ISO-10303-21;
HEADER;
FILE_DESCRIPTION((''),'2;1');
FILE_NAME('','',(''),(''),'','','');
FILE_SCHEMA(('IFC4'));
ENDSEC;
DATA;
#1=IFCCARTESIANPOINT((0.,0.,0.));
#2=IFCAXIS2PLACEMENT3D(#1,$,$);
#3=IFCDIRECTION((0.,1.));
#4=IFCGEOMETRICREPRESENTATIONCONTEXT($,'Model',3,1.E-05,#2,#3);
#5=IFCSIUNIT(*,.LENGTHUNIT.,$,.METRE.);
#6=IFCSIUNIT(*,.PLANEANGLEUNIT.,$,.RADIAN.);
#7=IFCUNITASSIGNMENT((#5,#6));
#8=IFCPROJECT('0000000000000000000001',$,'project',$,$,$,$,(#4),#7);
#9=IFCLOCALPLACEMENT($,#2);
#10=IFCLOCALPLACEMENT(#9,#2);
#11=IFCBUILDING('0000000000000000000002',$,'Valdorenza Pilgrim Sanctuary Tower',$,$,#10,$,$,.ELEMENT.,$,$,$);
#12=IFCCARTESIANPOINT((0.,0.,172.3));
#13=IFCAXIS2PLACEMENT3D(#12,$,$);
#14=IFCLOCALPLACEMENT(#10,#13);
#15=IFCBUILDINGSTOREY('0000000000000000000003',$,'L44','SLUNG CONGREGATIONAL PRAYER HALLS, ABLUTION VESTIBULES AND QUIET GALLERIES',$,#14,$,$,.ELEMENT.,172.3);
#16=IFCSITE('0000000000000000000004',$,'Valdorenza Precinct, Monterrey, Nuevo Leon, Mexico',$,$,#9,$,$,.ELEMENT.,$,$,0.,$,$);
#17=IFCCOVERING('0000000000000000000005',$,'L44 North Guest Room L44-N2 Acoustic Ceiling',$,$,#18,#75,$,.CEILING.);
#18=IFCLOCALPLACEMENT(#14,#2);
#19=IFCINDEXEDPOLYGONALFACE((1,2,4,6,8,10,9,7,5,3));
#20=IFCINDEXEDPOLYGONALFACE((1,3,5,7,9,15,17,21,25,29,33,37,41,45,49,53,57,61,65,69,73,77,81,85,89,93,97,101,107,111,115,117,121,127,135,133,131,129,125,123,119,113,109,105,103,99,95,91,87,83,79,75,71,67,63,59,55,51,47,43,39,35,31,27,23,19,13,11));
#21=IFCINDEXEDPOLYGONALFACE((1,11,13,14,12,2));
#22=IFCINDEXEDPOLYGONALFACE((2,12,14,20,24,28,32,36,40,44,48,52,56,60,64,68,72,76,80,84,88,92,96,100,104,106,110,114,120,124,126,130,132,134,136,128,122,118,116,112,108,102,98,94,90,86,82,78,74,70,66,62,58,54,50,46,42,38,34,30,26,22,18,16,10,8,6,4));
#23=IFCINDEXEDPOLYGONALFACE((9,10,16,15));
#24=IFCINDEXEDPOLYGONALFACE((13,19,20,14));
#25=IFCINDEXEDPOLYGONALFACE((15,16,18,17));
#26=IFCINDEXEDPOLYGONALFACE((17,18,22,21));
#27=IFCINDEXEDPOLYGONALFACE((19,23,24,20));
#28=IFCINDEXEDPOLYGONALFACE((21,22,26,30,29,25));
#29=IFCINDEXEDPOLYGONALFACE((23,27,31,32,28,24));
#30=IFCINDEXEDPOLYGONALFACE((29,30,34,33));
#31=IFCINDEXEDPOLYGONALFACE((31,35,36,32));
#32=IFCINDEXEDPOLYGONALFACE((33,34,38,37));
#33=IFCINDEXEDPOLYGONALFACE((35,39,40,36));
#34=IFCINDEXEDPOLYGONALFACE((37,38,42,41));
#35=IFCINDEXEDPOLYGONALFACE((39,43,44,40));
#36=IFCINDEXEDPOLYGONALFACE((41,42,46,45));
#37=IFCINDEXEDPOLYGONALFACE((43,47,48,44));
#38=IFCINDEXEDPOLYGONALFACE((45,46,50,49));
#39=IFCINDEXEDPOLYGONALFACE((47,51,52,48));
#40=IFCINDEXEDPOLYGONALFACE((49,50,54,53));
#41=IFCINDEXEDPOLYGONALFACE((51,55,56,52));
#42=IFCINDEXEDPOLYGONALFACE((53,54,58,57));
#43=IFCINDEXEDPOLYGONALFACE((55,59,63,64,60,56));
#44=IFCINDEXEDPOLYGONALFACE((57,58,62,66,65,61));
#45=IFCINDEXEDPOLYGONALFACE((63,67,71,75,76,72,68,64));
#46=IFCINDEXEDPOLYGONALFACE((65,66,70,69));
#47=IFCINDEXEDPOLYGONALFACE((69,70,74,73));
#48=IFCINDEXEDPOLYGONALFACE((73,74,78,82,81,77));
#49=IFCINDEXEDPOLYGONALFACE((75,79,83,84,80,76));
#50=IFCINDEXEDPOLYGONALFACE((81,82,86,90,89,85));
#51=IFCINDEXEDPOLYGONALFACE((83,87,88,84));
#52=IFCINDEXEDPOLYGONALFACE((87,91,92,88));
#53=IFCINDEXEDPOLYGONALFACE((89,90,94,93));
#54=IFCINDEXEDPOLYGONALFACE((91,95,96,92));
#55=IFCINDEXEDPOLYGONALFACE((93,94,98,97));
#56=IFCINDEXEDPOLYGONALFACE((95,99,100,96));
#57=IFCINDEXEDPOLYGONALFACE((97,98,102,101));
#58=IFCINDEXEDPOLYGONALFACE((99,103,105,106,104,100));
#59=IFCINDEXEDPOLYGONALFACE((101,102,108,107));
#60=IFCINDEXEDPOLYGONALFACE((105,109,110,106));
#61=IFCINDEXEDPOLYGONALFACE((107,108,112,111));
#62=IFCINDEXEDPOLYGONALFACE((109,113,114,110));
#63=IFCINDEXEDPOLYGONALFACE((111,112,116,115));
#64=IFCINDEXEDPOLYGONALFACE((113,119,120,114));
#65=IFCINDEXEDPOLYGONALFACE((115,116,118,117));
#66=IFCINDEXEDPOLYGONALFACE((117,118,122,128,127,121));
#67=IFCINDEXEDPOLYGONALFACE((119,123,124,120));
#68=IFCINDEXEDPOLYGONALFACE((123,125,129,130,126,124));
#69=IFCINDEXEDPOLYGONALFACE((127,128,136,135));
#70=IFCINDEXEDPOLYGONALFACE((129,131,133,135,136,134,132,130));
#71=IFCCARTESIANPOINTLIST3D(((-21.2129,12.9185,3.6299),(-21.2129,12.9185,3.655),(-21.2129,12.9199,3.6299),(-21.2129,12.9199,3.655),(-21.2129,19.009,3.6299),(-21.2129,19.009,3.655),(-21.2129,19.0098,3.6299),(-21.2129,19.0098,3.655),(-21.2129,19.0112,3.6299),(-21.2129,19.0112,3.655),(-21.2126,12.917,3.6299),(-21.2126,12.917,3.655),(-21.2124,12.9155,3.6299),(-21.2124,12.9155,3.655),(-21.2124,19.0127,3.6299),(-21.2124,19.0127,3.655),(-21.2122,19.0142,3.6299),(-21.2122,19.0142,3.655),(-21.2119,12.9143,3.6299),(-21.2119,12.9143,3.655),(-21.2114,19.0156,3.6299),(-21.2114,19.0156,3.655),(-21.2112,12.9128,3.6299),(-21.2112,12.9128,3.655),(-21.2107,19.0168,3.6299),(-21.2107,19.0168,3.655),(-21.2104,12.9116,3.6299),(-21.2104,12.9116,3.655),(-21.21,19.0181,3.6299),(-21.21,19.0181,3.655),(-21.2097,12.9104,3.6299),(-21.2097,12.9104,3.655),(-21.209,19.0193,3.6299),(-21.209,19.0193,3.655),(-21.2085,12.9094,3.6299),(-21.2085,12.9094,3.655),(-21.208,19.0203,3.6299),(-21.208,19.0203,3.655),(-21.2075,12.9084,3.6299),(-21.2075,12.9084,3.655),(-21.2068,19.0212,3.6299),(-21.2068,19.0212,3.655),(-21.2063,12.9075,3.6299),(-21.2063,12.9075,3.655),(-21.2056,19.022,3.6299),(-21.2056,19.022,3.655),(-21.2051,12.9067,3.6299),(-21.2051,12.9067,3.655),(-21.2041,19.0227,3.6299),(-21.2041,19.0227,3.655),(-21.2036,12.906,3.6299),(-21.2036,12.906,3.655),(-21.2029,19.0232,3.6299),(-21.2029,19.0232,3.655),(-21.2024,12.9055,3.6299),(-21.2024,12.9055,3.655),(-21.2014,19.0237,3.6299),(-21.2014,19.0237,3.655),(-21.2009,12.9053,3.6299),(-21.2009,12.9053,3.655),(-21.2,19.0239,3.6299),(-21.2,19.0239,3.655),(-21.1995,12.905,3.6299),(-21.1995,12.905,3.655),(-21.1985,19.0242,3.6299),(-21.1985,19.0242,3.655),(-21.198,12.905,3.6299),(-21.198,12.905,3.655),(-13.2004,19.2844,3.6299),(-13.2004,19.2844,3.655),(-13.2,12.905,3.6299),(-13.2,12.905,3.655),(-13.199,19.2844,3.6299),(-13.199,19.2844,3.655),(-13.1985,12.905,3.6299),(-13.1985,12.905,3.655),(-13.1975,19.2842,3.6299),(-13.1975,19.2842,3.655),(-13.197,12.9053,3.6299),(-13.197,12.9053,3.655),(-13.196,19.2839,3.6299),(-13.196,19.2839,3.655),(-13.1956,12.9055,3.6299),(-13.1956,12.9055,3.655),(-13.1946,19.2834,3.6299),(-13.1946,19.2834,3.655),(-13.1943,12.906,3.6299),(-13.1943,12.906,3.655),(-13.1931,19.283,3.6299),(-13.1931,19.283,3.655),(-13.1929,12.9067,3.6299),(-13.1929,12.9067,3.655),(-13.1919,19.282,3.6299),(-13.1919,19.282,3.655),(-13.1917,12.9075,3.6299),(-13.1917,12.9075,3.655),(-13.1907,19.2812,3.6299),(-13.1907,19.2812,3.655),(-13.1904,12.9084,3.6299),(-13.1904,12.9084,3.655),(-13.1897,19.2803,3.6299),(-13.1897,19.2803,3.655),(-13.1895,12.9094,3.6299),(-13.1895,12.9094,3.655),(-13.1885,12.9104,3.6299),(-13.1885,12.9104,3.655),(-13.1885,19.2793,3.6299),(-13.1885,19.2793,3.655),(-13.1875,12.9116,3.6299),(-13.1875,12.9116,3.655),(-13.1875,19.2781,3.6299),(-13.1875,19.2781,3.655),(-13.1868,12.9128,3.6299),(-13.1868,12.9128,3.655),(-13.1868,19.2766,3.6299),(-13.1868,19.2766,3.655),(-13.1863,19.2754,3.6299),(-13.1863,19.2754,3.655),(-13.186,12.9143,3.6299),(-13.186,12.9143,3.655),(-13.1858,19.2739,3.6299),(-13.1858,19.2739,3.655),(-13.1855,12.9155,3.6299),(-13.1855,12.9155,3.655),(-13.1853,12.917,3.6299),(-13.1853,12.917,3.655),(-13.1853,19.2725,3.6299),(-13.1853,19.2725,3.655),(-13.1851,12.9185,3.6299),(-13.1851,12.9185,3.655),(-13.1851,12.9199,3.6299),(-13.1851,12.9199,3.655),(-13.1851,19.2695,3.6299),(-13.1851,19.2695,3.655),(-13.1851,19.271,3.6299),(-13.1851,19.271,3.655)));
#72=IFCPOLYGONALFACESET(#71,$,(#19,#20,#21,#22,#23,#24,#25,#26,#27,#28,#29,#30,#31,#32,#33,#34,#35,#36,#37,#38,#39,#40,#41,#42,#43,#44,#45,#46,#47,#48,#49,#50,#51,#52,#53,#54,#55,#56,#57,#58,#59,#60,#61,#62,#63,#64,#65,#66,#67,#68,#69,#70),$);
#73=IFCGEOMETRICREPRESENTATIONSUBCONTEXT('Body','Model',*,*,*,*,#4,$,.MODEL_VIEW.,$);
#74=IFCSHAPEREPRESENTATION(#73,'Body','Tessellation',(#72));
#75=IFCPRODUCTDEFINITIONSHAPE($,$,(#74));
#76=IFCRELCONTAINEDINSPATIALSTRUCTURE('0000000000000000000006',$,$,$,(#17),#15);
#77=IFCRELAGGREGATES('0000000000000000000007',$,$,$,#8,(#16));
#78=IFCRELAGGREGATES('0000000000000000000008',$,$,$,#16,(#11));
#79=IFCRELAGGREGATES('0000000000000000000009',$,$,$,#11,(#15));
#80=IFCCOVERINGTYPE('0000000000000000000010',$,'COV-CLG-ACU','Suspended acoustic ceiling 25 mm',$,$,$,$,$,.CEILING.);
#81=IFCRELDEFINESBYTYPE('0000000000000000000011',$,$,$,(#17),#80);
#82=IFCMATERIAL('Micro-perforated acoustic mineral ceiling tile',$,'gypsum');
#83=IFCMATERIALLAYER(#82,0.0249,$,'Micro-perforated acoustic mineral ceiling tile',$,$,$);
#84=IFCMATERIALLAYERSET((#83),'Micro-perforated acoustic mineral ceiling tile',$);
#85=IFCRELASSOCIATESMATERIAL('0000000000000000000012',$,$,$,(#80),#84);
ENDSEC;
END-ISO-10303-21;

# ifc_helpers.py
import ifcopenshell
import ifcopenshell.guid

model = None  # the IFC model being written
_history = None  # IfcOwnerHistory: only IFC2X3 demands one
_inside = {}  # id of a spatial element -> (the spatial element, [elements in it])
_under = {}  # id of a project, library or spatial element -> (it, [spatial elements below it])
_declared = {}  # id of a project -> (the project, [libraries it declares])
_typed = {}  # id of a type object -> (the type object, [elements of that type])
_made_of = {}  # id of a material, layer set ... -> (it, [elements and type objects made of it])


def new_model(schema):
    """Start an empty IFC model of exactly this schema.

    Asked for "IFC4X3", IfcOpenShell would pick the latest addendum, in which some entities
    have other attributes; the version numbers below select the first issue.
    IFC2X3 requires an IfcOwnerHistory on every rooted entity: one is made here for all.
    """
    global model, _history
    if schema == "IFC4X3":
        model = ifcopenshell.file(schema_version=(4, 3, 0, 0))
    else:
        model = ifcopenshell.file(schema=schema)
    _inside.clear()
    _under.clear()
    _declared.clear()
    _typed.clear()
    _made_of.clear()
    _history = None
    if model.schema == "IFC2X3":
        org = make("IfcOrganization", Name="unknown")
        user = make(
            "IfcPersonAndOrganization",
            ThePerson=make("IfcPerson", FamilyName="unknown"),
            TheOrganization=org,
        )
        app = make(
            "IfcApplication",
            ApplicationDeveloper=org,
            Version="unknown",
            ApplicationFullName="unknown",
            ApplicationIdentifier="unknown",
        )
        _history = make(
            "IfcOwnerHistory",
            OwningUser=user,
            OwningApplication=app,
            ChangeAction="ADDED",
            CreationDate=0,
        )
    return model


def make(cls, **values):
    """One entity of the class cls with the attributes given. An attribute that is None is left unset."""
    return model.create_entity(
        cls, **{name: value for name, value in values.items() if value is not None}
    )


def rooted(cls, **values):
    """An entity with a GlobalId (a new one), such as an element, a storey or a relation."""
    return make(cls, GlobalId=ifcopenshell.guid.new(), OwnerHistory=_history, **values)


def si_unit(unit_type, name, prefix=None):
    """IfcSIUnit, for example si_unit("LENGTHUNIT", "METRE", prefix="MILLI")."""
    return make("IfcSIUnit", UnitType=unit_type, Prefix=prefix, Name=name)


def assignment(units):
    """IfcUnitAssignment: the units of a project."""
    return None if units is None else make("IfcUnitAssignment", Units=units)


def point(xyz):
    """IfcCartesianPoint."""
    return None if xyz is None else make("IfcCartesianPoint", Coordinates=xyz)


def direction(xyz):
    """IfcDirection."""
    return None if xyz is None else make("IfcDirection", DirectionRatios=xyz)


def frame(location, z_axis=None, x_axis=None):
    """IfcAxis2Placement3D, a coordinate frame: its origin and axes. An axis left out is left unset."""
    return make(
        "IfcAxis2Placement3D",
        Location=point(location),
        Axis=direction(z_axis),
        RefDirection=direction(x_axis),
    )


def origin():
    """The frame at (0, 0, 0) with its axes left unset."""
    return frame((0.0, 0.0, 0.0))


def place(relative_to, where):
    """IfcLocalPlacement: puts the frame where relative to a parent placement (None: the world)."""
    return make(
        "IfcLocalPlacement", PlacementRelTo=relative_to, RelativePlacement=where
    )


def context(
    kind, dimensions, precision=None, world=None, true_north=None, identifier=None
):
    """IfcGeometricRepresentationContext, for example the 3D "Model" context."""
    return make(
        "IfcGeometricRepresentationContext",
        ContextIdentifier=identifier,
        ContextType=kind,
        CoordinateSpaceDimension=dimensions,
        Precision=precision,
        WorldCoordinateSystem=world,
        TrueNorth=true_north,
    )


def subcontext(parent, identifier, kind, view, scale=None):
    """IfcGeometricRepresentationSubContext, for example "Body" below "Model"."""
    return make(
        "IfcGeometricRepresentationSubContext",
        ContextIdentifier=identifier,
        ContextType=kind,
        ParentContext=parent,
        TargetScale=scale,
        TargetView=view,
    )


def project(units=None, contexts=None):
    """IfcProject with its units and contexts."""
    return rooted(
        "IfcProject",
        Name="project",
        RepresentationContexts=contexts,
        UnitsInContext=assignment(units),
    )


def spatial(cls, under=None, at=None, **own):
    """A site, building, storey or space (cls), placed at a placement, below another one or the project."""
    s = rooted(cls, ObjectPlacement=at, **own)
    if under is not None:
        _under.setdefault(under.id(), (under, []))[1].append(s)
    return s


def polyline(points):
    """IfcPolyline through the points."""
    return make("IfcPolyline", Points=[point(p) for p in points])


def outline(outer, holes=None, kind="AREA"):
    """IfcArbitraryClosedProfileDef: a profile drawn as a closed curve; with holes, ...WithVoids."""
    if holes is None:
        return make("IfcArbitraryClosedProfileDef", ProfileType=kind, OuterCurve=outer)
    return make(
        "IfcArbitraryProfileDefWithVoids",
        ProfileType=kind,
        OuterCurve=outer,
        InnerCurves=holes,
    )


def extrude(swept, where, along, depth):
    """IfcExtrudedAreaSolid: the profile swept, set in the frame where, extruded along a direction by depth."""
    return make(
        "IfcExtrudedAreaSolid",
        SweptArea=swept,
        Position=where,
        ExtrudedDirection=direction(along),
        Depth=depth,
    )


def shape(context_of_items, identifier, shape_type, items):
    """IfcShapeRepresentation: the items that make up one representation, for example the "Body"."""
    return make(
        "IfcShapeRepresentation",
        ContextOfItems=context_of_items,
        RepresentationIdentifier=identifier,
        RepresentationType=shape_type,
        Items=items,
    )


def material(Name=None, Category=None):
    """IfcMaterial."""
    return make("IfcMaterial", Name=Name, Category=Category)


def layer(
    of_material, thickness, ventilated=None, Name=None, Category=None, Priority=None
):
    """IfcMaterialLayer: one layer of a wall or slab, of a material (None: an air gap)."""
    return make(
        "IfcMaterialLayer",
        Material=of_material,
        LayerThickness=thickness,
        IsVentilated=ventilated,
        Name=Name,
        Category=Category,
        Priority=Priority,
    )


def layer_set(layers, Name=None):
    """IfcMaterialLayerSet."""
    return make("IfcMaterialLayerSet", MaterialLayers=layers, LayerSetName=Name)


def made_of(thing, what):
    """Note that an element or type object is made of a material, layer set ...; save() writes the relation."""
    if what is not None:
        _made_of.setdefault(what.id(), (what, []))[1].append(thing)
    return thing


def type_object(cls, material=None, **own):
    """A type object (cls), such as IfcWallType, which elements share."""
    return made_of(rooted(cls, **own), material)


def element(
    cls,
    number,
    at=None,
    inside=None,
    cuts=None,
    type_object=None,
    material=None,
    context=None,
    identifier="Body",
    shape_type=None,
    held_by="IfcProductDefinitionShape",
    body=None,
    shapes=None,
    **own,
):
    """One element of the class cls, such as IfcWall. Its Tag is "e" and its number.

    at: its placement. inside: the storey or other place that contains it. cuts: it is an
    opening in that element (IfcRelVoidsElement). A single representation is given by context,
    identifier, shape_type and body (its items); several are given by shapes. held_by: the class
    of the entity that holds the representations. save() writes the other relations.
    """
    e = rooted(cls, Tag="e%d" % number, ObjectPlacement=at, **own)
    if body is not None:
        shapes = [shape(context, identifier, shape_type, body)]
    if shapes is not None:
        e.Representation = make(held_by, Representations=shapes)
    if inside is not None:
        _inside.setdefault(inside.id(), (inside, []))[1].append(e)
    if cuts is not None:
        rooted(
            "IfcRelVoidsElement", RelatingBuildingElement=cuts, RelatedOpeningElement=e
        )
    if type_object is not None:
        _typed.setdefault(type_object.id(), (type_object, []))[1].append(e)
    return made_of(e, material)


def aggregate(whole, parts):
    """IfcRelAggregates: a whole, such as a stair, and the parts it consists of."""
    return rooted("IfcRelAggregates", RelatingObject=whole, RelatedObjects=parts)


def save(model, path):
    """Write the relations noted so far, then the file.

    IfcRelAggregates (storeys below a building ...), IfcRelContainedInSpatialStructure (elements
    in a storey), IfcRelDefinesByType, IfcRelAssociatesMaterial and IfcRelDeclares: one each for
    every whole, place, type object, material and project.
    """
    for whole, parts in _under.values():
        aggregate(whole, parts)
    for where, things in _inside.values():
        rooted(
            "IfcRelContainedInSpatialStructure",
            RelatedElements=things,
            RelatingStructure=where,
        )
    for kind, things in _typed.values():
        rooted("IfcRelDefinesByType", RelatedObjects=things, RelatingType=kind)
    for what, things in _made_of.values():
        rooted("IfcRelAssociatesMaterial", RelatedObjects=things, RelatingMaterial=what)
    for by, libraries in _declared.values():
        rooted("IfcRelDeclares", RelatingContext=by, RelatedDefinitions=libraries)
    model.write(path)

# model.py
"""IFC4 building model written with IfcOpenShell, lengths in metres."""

from ifc_helpers import new_model, si_unit, direction, frame, origin, place, context, subcontext, project, spatial, polyline, outline, extrude, material, layer, layer_set, type_object, element, save


model = new_model("IFC4")

# Units and contexts
model_context = context("Model", 3, precision=1e-05, world=origin(), true_north=direction((0.0, 1.0)))
body_context = subcontext(model_context, "Body", "Model", "MODEL_VIEW")
ifc_project = project(units=[si_unit("LENGTHUNIT", "METRE"), si_unit("PLANEANGLEUNIT", "RADIAN")], contexts=[model_context])

# Site, building, storey
site_placement = place(None, origin())
site = spatial("IfcSite", under=ifc_project, at=site_placement, Name="Valdorenza Precinct, Monterrey, Nuevo Leon, Mexico", CompositionType="ELEMENT", RefElevation=0.0)
building_placement = place(site_placement, origin())
building = spatial("IfcBuilding", under=site, at=building_placement, Name="Valdorenza Pilgrim Sanctuary Tower", CompositionType="ELEMENT")
storey_placement = place(building_placement, frame((0.0, 0.0, 172.3)))
storey = spatial("IfcBuildingStorey", under=building, at=storey_placement, Name="L44", Description="SLUNG CONGREGATIONAL PRAYER HALLS, ABLUTION VESTIBULES AND QUIET GALLERIES", CompositionType="ELEMENT", Elevation=172.3)

# Covering
ifc_material_1 = material(Name="Micro-perforated acoustic mineral ceiling tile", Category="gypsum")
ifc_layer_1 = layer(ifc_material_1, 0.0249, Name="Micro-perforated acoustic mineral ceiling tile")
ifc_layer_set_1 = layer_set([ifc_layer_1], Name="Micro-perforated acoustic mineral ceiling tile")
covering_type_1 = type_object("IfcCoveringType", Name="COV-CLG-ACU", Description="Suspended acoustic ceiling 25 mm", PredefinedType="CEILING", material=ifc_layer_set_1)
covering_1_placement = place(storey_placement, frame((0.0, 0.0, 3.6299)))
element("IfcCovering", 1, at=covering_1_placement, inside=storey, type_object=covering_type_1, Name="L44 North Guest Room L44-N2 Acoustic Ceiling", PredefinedType="CEILING", context=body_context, shape_type="SweptSolid", body=[
    extrude(outline(polyline([(-21.2129, 19.009), (-21.2129, 19.0098), (-21.2129, 19.0112), (-21.2124, 19.0127), (-21.2122, 19.0142), (-21.2114, 19.0156), (-21.2107, 19.0168), (-21.21, 19.0181), (-21.209, 19.0193), (-21.208, 19.0203), (-21.2068, 19.0212), (-21.2056, 19.022), (-21.2041, 19.0227), (-21.2029, 19.0232), (-21.2014, 19.0237), (-21.2, 19.0239), (-21.1985, 19.0242), (-13.2004, 19.2844), (-13.199, 19.2844), (-13.1975, 19.2842), (-13.196, 19.2839), (-13.1946, 19.2834), (-13.1931, 19.283), (-13.1919, 19.282), (-13.1907, 19.2812), (-13.1897, 19.2803), (-13.1885, 19.2793), (-13.1875, 19.2781), (-13.1868, 19.2766), (-13.1863, 19.2754), (-13.1858, 19.2739), (-13.1853, 19.2725), (-13.1851, 19.271), (-13.1851, 19.2695), (-13.1851, 12.9199), (-13.1851, 12.9185), (-13.1853, 12.917), (-13.1855, 12.9155), (-13.186, 12.9143), (-13.1868, 12.9128), (-13.1875, 12.9116), (-13.1885, 12.9104), (-13.1895, 12.9094), (-13.1904, 12.9084), (-13.1917, 12.9075), (-13.1929, 12.9067), (-13.1943, 12.906), (-13.1956, 12.9055), (-13.197, 12.9053), (-13.1985, 12.905), (-13.2, 12.905), (-21.198, 12.905), (-21.1995, 12.905), (-21.2009, 12.9053), (-21.2024, 12.9055), (-21.2036, 12.906), (-21.2051, 12.9067), (-21.2063, 12.9075), (-21.2075, 12.9084), (-21.2085, 12.9094), (-21.2097, 12.9104), (-21.2104, 12.9116), (-21.2112, 12.9128), (-21.2119, 12.9143), (-21.2124, 12.9155), (-21.2126, 12.917), (-21.2129, 12.9185), (-21.2129, 12.9199), (-21.2129, 19.009), (-21.2129, 19.009)])), origin(), (0.0, 0.0, 1.0), 0.0251),
])

save(model, "model.ifc")
